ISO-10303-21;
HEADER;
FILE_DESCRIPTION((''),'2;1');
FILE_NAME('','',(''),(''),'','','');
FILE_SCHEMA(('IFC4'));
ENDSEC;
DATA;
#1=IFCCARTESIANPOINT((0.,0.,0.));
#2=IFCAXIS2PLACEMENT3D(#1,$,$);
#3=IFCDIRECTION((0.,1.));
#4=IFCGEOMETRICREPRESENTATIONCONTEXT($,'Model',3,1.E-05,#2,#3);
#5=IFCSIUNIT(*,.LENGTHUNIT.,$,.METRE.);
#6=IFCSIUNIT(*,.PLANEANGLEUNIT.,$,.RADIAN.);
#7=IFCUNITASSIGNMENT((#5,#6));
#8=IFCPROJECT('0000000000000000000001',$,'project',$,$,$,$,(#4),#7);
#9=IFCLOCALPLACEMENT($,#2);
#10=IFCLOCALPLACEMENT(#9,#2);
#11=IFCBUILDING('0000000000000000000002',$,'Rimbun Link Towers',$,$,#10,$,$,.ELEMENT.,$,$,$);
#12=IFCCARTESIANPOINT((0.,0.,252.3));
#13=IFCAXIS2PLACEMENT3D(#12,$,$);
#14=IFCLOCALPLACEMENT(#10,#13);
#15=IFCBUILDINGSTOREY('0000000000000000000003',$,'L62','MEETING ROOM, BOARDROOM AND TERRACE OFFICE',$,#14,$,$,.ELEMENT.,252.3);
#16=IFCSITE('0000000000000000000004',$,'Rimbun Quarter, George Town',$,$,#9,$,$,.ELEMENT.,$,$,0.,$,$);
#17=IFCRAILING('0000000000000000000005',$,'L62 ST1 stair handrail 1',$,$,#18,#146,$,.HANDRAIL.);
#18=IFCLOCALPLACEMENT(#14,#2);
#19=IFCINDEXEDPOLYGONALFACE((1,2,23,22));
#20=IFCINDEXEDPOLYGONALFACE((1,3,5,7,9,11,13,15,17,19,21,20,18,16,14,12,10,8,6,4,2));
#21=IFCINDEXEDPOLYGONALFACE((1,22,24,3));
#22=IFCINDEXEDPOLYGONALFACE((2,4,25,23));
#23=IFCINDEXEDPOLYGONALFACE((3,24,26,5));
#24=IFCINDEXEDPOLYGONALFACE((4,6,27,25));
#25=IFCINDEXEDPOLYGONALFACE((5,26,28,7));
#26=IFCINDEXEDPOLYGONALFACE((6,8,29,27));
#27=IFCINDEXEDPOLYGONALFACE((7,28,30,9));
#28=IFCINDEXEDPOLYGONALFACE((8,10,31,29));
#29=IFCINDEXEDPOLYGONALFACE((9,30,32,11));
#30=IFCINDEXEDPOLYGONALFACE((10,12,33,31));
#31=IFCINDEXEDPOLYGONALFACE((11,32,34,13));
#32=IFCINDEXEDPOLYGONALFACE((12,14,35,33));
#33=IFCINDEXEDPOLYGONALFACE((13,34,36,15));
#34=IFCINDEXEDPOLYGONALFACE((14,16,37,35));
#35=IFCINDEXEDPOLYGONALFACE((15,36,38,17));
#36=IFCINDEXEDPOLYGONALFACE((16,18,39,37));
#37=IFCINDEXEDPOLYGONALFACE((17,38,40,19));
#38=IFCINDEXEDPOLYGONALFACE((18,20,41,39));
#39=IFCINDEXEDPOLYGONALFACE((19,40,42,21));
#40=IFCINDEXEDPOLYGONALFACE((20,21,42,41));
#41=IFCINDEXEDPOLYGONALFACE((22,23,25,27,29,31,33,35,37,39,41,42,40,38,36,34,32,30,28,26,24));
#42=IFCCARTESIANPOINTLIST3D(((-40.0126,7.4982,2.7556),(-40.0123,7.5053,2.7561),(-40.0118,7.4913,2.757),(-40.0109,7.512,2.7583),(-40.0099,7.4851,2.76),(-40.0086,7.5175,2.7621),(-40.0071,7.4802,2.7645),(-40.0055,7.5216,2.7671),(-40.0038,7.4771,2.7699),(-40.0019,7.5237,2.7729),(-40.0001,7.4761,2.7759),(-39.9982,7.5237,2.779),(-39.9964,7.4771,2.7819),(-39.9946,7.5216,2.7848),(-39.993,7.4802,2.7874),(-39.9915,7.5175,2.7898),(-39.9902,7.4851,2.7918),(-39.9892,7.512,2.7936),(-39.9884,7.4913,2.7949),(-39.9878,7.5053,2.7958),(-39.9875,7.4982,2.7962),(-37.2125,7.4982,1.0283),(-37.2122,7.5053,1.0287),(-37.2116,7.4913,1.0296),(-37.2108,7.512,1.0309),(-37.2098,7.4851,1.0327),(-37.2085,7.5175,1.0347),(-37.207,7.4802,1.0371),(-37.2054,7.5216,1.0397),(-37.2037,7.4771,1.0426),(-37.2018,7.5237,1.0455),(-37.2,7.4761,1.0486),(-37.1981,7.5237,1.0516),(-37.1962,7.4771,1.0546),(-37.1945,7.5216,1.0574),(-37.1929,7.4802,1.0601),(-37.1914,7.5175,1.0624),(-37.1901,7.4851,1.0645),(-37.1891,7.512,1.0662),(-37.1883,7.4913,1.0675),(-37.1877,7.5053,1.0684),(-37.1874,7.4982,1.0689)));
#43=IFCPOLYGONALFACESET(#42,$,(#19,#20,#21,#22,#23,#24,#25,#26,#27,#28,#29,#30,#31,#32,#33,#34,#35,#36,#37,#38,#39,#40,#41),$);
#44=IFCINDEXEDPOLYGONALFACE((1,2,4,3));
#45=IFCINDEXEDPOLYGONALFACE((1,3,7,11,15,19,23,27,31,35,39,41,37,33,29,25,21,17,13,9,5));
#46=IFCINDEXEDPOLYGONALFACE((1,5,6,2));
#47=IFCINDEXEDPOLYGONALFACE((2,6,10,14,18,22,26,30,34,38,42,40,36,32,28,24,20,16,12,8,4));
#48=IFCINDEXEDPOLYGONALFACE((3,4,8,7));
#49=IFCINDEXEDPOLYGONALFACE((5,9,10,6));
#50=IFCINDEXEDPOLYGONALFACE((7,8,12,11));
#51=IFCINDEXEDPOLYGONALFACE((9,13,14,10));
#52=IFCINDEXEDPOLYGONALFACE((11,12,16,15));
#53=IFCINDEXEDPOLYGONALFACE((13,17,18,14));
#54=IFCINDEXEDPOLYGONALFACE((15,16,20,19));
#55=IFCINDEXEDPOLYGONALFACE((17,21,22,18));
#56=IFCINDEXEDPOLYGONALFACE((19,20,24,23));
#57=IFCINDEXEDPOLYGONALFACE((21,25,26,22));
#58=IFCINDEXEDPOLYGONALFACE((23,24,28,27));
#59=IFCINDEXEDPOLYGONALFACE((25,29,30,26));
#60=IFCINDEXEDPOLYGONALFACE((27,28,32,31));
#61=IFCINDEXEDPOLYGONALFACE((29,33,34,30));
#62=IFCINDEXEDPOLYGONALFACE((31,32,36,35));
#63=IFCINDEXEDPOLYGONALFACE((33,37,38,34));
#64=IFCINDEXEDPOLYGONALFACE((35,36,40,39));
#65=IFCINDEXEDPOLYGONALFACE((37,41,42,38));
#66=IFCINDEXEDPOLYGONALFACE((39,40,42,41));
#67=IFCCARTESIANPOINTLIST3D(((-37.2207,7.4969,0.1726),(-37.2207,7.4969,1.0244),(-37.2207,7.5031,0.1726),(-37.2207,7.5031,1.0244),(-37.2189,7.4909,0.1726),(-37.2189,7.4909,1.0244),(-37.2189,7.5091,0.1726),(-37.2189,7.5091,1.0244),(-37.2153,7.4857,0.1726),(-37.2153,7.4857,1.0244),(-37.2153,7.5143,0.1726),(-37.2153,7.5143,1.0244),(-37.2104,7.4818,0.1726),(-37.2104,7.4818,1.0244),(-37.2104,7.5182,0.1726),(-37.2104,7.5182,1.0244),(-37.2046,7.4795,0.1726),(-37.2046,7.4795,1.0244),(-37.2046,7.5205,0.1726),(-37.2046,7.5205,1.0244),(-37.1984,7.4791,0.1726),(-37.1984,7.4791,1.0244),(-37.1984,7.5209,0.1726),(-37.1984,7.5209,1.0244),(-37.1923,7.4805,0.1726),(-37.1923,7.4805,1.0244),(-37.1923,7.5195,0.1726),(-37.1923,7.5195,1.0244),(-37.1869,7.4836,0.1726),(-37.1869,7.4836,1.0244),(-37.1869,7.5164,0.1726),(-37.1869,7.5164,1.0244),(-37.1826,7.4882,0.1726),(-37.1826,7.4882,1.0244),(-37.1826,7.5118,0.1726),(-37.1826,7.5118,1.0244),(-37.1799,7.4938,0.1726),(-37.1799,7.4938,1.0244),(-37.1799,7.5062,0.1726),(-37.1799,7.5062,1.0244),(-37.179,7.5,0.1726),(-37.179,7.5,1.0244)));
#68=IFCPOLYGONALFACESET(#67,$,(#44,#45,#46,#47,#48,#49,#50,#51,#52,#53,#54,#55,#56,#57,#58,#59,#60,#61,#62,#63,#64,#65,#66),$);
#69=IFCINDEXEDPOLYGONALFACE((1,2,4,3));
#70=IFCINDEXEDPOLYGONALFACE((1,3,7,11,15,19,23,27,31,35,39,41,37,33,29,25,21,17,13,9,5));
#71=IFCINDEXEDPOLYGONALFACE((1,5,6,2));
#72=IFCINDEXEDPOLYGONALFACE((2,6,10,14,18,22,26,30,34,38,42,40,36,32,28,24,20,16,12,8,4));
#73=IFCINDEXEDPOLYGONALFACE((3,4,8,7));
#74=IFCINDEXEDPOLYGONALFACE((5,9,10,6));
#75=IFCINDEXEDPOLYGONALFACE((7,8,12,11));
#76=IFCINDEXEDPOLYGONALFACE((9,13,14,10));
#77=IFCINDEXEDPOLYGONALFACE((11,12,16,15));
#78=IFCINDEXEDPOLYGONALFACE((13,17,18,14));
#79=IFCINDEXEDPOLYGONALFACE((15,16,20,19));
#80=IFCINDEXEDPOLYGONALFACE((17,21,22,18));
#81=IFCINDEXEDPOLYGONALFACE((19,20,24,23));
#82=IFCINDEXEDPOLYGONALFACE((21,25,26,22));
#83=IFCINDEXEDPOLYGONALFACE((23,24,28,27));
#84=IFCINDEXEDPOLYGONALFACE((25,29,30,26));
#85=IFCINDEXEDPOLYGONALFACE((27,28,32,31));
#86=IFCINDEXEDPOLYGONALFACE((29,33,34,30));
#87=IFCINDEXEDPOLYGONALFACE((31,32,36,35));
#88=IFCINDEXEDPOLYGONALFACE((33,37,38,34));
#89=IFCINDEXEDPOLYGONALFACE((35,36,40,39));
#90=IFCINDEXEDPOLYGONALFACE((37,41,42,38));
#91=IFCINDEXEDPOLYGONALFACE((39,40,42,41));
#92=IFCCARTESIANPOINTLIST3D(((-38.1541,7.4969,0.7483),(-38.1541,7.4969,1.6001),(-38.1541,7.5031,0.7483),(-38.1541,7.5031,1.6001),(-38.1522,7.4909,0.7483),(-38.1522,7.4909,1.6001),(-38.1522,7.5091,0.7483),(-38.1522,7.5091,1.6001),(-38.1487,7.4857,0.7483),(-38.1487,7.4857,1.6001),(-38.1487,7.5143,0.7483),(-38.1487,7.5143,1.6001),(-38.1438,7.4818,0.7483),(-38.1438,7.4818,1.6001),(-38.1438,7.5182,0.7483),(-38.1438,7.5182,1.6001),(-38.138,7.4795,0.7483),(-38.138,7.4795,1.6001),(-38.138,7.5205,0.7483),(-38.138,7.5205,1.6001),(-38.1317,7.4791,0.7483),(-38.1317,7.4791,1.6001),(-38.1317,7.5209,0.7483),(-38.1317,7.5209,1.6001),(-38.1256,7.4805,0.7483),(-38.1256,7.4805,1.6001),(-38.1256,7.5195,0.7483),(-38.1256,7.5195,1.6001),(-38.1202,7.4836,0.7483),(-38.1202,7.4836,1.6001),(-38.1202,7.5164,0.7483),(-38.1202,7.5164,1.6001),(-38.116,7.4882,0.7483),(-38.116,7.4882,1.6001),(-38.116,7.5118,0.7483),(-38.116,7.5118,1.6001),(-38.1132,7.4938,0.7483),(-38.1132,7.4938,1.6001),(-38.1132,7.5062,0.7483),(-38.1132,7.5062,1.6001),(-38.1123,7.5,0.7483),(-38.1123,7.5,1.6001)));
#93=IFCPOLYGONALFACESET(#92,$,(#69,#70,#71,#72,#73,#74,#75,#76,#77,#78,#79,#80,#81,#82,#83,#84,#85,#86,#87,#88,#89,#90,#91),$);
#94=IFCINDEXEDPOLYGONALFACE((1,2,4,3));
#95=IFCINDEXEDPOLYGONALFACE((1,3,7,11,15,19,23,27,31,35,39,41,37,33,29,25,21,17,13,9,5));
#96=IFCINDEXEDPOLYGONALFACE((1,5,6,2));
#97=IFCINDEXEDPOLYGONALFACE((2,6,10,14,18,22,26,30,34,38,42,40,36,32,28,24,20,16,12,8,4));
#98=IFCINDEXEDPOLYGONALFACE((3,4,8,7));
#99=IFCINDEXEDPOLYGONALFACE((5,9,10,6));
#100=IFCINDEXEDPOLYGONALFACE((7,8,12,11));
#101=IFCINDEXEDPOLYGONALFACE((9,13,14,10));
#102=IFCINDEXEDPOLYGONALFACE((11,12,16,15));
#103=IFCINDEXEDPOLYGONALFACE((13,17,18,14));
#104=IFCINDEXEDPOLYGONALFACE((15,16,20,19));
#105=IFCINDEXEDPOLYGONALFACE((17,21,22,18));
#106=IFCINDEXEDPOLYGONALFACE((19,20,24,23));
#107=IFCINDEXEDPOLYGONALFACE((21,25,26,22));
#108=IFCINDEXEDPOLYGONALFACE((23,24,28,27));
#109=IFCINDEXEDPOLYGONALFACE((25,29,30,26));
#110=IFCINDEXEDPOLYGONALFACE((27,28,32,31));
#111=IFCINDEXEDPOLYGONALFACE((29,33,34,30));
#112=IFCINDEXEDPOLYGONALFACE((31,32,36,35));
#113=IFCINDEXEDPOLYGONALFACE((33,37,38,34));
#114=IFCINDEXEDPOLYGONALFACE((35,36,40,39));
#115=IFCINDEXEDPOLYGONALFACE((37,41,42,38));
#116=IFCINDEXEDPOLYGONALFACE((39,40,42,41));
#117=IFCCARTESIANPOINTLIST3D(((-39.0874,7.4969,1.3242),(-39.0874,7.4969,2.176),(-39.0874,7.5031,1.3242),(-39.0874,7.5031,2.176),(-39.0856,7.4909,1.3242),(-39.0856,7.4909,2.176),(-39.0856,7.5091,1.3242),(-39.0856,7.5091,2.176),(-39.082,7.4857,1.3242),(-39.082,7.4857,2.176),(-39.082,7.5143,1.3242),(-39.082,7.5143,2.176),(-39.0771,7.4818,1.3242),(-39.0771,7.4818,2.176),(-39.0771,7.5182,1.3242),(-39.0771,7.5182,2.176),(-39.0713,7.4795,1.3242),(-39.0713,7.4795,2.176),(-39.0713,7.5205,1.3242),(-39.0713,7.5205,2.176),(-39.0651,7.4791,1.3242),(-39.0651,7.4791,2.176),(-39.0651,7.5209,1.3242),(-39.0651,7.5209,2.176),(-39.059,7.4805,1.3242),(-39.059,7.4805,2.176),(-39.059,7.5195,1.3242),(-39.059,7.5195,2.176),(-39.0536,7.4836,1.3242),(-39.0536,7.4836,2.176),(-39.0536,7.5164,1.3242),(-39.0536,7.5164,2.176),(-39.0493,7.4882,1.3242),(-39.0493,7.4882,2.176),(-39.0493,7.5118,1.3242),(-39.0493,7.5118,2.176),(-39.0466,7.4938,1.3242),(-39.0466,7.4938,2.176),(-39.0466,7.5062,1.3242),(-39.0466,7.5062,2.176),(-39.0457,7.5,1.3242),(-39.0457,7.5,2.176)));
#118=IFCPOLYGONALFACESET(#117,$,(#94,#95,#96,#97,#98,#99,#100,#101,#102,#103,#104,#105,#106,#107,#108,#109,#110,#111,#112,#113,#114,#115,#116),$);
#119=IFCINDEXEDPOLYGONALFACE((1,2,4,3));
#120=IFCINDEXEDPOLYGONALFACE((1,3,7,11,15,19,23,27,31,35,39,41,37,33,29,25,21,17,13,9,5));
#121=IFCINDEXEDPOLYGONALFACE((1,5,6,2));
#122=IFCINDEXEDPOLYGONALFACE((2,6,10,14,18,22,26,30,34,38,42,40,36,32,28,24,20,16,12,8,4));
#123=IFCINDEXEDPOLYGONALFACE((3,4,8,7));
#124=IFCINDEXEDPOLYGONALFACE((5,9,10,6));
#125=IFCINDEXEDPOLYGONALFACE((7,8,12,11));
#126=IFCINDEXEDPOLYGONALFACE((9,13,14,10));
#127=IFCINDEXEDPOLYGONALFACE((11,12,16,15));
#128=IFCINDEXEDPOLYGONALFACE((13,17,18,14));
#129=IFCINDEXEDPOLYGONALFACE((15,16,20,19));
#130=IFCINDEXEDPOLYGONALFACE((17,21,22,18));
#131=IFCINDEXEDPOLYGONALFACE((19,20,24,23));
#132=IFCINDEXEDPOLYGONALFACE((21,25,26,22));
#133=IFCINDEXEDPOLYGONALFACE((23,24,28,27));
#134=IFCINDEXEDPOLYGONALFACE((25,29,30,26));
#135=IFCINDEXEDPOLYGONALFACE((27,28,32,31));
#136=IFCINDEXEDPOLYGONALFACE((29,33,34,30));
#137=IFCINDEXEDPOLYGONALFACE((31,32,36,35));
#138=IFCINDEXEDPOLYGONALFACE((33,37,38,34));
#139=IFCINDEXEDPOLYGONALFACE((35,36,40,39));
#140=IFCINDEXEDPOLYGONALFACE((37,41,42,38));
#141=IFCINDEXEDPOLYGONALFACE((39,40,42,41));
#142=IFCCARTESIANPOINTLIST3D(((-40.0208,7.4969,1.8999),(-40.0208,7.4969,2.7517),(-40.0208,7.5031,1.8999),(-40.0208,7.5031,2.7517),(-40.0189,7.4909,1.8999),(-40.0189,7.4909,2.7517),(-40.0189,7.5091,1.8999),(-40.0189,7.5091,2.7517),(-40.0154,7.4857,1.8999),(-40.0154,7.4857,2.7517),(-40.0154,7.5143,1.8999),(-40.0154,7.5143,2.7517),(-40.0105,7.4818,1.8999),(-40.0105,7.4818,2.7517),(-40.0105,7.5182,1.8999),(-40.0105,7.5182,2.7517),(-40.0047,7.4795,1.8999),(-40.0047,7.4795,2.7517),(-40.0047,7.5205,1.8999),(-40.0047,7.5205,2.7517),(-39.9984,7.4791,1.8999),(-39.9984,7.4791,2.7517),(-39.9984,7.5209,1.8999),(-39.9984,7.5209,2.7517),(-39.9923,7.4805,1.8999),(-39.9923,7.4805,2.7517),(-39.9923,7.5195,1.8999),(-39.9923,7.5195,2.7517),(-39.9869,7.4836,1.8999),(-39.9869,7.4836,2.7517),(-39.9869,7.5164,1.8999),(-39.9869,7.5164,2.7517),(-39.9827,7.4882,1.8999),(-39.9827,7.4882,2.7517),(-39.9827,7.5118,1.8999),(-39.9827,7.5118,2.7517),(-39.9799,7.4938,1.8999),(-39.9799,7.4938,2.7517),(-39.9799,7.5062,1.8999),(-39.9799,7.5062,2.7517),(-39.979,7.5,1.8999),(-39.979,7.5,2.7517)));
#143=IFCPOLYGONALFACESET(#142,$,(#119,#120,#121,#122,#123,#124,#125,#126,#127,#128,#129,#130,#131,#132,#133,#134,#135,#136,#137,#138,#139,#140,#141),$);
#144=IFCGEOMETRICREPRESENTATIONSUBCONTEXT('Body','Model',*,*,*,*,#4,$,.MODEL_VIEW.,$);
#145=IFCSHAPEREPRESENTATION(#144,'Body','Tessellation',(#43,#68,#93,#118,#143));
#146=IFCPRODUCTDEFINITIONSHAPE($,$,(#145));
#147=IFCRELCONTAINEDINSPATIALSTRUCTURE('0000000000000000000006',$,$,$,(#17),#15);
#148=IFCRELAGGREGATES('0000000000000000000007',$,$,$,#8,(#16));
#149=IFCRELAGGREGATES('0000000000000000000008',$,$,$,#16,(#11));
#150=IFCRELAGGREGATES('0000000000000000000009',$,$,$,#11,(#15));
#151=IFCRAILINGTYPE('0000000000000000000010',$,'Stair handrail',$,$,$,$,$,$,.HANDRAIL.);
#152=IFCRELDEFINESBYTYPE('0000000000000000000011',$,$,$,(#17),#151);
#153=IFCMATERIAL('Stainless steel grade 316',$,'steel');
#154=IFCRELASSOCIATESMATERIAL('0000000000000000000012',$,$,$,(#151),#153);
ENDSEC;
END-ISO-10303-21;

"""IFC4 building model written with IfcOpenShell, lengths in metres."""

from ifc_helpers import new_model, si_unit, direction, frame, origin, origin_2d, place, context, subcontext, project, spatial, circle, extrude, material, type_object, element, save


model = new_model("IFC4")

# Units and contexts
model_context = context("Model", 3, precision=1e-05, world=origin(), true_north=direction((0.0, 1.0)))
body_context = subcontext(model_context, "Body", "Model", "MODEL_VIEW")
ifc_project = project(units=[si_unit("LENGTHUNIT", "METRE"), si_unit("PLANEANGLEUNIT", "RADIAN")], contexts=[model_context])

# Site, building, storey
site_placement = place(None, origin())
site = spatial("IfcSite", under=ifc_project, at=site_placement, Name="Rimbun Quarter, George Town", CompositionType="ELEMENT", RefElevation=0.0)
building_placement = place(site_placement, origin())
building = spatial("IfcBuilding", under=site, at=building_placement, Name="Rimbun Link Towers", CompositionType="ELEMENT")
storey_placement = place(building_placement, frame((0.0, 0.0, 252.3)))
storey = spatial("IfcBuildingStorey", under=building, at=storey_placement, Name="L62", Description="MEETING ROOM, BOARDROOM AND TERRACE OFFICE", CompositionType="ELEMENT", Elevation=252.3)

# Railing
ifc_material_1 = material(Name="Stainless steel grade 316", Category="steel")
railing_type_1 = type_object("IfcRailingType", Name="Stair handrail", PredefinedType="HANDRAIL", material=ifc_material_1)
railing_1_placement = place(storey_placement, frame((-37.2, 7.5, 0.1726)))
element("IfcRailing", 1, at=railing_1_placement, inside=storey, type_object=railing_type_1, Name="L62 ST1 stair handrail 1", PredefinedType="HANDRAIL", context=body_context, shape_type="SweptSolid", body=[
    extrude(circle(Radius=0.0239, at=origin_2d()), frame((0.0, 0.0, 0.876), z_axis=(-0.85109, 0.0, 0.52502), x_axis=(0.0, -1.0, 0.0)), (0.0, 0.0, 1.0), 3.29),
    extrude(circle(Radius=0.021, at=origin_2d()), origin(), (0.0, 0.0, 1.0), 0.8518),
    extrude(circle(Radius=0.021, at=origin_2d()), frame((-0.9333, 0.0, 0.5757)), (0.0, 0.0, 1.0), 0.8518),
    extrude(circle(Radius=0.021, at=origin_2d()), frame((-1.8667, 0.0, 1.1516)), (0.0, 0.0, 1.0), 0.8518),
    extrude(circle(Radius=0.021, at=origin_2d()), frame((-2.8, 0.0, 1.7273)), (0.0, 0.0, 1.0), 0.8518),
])

save(model, "model.ifc")
